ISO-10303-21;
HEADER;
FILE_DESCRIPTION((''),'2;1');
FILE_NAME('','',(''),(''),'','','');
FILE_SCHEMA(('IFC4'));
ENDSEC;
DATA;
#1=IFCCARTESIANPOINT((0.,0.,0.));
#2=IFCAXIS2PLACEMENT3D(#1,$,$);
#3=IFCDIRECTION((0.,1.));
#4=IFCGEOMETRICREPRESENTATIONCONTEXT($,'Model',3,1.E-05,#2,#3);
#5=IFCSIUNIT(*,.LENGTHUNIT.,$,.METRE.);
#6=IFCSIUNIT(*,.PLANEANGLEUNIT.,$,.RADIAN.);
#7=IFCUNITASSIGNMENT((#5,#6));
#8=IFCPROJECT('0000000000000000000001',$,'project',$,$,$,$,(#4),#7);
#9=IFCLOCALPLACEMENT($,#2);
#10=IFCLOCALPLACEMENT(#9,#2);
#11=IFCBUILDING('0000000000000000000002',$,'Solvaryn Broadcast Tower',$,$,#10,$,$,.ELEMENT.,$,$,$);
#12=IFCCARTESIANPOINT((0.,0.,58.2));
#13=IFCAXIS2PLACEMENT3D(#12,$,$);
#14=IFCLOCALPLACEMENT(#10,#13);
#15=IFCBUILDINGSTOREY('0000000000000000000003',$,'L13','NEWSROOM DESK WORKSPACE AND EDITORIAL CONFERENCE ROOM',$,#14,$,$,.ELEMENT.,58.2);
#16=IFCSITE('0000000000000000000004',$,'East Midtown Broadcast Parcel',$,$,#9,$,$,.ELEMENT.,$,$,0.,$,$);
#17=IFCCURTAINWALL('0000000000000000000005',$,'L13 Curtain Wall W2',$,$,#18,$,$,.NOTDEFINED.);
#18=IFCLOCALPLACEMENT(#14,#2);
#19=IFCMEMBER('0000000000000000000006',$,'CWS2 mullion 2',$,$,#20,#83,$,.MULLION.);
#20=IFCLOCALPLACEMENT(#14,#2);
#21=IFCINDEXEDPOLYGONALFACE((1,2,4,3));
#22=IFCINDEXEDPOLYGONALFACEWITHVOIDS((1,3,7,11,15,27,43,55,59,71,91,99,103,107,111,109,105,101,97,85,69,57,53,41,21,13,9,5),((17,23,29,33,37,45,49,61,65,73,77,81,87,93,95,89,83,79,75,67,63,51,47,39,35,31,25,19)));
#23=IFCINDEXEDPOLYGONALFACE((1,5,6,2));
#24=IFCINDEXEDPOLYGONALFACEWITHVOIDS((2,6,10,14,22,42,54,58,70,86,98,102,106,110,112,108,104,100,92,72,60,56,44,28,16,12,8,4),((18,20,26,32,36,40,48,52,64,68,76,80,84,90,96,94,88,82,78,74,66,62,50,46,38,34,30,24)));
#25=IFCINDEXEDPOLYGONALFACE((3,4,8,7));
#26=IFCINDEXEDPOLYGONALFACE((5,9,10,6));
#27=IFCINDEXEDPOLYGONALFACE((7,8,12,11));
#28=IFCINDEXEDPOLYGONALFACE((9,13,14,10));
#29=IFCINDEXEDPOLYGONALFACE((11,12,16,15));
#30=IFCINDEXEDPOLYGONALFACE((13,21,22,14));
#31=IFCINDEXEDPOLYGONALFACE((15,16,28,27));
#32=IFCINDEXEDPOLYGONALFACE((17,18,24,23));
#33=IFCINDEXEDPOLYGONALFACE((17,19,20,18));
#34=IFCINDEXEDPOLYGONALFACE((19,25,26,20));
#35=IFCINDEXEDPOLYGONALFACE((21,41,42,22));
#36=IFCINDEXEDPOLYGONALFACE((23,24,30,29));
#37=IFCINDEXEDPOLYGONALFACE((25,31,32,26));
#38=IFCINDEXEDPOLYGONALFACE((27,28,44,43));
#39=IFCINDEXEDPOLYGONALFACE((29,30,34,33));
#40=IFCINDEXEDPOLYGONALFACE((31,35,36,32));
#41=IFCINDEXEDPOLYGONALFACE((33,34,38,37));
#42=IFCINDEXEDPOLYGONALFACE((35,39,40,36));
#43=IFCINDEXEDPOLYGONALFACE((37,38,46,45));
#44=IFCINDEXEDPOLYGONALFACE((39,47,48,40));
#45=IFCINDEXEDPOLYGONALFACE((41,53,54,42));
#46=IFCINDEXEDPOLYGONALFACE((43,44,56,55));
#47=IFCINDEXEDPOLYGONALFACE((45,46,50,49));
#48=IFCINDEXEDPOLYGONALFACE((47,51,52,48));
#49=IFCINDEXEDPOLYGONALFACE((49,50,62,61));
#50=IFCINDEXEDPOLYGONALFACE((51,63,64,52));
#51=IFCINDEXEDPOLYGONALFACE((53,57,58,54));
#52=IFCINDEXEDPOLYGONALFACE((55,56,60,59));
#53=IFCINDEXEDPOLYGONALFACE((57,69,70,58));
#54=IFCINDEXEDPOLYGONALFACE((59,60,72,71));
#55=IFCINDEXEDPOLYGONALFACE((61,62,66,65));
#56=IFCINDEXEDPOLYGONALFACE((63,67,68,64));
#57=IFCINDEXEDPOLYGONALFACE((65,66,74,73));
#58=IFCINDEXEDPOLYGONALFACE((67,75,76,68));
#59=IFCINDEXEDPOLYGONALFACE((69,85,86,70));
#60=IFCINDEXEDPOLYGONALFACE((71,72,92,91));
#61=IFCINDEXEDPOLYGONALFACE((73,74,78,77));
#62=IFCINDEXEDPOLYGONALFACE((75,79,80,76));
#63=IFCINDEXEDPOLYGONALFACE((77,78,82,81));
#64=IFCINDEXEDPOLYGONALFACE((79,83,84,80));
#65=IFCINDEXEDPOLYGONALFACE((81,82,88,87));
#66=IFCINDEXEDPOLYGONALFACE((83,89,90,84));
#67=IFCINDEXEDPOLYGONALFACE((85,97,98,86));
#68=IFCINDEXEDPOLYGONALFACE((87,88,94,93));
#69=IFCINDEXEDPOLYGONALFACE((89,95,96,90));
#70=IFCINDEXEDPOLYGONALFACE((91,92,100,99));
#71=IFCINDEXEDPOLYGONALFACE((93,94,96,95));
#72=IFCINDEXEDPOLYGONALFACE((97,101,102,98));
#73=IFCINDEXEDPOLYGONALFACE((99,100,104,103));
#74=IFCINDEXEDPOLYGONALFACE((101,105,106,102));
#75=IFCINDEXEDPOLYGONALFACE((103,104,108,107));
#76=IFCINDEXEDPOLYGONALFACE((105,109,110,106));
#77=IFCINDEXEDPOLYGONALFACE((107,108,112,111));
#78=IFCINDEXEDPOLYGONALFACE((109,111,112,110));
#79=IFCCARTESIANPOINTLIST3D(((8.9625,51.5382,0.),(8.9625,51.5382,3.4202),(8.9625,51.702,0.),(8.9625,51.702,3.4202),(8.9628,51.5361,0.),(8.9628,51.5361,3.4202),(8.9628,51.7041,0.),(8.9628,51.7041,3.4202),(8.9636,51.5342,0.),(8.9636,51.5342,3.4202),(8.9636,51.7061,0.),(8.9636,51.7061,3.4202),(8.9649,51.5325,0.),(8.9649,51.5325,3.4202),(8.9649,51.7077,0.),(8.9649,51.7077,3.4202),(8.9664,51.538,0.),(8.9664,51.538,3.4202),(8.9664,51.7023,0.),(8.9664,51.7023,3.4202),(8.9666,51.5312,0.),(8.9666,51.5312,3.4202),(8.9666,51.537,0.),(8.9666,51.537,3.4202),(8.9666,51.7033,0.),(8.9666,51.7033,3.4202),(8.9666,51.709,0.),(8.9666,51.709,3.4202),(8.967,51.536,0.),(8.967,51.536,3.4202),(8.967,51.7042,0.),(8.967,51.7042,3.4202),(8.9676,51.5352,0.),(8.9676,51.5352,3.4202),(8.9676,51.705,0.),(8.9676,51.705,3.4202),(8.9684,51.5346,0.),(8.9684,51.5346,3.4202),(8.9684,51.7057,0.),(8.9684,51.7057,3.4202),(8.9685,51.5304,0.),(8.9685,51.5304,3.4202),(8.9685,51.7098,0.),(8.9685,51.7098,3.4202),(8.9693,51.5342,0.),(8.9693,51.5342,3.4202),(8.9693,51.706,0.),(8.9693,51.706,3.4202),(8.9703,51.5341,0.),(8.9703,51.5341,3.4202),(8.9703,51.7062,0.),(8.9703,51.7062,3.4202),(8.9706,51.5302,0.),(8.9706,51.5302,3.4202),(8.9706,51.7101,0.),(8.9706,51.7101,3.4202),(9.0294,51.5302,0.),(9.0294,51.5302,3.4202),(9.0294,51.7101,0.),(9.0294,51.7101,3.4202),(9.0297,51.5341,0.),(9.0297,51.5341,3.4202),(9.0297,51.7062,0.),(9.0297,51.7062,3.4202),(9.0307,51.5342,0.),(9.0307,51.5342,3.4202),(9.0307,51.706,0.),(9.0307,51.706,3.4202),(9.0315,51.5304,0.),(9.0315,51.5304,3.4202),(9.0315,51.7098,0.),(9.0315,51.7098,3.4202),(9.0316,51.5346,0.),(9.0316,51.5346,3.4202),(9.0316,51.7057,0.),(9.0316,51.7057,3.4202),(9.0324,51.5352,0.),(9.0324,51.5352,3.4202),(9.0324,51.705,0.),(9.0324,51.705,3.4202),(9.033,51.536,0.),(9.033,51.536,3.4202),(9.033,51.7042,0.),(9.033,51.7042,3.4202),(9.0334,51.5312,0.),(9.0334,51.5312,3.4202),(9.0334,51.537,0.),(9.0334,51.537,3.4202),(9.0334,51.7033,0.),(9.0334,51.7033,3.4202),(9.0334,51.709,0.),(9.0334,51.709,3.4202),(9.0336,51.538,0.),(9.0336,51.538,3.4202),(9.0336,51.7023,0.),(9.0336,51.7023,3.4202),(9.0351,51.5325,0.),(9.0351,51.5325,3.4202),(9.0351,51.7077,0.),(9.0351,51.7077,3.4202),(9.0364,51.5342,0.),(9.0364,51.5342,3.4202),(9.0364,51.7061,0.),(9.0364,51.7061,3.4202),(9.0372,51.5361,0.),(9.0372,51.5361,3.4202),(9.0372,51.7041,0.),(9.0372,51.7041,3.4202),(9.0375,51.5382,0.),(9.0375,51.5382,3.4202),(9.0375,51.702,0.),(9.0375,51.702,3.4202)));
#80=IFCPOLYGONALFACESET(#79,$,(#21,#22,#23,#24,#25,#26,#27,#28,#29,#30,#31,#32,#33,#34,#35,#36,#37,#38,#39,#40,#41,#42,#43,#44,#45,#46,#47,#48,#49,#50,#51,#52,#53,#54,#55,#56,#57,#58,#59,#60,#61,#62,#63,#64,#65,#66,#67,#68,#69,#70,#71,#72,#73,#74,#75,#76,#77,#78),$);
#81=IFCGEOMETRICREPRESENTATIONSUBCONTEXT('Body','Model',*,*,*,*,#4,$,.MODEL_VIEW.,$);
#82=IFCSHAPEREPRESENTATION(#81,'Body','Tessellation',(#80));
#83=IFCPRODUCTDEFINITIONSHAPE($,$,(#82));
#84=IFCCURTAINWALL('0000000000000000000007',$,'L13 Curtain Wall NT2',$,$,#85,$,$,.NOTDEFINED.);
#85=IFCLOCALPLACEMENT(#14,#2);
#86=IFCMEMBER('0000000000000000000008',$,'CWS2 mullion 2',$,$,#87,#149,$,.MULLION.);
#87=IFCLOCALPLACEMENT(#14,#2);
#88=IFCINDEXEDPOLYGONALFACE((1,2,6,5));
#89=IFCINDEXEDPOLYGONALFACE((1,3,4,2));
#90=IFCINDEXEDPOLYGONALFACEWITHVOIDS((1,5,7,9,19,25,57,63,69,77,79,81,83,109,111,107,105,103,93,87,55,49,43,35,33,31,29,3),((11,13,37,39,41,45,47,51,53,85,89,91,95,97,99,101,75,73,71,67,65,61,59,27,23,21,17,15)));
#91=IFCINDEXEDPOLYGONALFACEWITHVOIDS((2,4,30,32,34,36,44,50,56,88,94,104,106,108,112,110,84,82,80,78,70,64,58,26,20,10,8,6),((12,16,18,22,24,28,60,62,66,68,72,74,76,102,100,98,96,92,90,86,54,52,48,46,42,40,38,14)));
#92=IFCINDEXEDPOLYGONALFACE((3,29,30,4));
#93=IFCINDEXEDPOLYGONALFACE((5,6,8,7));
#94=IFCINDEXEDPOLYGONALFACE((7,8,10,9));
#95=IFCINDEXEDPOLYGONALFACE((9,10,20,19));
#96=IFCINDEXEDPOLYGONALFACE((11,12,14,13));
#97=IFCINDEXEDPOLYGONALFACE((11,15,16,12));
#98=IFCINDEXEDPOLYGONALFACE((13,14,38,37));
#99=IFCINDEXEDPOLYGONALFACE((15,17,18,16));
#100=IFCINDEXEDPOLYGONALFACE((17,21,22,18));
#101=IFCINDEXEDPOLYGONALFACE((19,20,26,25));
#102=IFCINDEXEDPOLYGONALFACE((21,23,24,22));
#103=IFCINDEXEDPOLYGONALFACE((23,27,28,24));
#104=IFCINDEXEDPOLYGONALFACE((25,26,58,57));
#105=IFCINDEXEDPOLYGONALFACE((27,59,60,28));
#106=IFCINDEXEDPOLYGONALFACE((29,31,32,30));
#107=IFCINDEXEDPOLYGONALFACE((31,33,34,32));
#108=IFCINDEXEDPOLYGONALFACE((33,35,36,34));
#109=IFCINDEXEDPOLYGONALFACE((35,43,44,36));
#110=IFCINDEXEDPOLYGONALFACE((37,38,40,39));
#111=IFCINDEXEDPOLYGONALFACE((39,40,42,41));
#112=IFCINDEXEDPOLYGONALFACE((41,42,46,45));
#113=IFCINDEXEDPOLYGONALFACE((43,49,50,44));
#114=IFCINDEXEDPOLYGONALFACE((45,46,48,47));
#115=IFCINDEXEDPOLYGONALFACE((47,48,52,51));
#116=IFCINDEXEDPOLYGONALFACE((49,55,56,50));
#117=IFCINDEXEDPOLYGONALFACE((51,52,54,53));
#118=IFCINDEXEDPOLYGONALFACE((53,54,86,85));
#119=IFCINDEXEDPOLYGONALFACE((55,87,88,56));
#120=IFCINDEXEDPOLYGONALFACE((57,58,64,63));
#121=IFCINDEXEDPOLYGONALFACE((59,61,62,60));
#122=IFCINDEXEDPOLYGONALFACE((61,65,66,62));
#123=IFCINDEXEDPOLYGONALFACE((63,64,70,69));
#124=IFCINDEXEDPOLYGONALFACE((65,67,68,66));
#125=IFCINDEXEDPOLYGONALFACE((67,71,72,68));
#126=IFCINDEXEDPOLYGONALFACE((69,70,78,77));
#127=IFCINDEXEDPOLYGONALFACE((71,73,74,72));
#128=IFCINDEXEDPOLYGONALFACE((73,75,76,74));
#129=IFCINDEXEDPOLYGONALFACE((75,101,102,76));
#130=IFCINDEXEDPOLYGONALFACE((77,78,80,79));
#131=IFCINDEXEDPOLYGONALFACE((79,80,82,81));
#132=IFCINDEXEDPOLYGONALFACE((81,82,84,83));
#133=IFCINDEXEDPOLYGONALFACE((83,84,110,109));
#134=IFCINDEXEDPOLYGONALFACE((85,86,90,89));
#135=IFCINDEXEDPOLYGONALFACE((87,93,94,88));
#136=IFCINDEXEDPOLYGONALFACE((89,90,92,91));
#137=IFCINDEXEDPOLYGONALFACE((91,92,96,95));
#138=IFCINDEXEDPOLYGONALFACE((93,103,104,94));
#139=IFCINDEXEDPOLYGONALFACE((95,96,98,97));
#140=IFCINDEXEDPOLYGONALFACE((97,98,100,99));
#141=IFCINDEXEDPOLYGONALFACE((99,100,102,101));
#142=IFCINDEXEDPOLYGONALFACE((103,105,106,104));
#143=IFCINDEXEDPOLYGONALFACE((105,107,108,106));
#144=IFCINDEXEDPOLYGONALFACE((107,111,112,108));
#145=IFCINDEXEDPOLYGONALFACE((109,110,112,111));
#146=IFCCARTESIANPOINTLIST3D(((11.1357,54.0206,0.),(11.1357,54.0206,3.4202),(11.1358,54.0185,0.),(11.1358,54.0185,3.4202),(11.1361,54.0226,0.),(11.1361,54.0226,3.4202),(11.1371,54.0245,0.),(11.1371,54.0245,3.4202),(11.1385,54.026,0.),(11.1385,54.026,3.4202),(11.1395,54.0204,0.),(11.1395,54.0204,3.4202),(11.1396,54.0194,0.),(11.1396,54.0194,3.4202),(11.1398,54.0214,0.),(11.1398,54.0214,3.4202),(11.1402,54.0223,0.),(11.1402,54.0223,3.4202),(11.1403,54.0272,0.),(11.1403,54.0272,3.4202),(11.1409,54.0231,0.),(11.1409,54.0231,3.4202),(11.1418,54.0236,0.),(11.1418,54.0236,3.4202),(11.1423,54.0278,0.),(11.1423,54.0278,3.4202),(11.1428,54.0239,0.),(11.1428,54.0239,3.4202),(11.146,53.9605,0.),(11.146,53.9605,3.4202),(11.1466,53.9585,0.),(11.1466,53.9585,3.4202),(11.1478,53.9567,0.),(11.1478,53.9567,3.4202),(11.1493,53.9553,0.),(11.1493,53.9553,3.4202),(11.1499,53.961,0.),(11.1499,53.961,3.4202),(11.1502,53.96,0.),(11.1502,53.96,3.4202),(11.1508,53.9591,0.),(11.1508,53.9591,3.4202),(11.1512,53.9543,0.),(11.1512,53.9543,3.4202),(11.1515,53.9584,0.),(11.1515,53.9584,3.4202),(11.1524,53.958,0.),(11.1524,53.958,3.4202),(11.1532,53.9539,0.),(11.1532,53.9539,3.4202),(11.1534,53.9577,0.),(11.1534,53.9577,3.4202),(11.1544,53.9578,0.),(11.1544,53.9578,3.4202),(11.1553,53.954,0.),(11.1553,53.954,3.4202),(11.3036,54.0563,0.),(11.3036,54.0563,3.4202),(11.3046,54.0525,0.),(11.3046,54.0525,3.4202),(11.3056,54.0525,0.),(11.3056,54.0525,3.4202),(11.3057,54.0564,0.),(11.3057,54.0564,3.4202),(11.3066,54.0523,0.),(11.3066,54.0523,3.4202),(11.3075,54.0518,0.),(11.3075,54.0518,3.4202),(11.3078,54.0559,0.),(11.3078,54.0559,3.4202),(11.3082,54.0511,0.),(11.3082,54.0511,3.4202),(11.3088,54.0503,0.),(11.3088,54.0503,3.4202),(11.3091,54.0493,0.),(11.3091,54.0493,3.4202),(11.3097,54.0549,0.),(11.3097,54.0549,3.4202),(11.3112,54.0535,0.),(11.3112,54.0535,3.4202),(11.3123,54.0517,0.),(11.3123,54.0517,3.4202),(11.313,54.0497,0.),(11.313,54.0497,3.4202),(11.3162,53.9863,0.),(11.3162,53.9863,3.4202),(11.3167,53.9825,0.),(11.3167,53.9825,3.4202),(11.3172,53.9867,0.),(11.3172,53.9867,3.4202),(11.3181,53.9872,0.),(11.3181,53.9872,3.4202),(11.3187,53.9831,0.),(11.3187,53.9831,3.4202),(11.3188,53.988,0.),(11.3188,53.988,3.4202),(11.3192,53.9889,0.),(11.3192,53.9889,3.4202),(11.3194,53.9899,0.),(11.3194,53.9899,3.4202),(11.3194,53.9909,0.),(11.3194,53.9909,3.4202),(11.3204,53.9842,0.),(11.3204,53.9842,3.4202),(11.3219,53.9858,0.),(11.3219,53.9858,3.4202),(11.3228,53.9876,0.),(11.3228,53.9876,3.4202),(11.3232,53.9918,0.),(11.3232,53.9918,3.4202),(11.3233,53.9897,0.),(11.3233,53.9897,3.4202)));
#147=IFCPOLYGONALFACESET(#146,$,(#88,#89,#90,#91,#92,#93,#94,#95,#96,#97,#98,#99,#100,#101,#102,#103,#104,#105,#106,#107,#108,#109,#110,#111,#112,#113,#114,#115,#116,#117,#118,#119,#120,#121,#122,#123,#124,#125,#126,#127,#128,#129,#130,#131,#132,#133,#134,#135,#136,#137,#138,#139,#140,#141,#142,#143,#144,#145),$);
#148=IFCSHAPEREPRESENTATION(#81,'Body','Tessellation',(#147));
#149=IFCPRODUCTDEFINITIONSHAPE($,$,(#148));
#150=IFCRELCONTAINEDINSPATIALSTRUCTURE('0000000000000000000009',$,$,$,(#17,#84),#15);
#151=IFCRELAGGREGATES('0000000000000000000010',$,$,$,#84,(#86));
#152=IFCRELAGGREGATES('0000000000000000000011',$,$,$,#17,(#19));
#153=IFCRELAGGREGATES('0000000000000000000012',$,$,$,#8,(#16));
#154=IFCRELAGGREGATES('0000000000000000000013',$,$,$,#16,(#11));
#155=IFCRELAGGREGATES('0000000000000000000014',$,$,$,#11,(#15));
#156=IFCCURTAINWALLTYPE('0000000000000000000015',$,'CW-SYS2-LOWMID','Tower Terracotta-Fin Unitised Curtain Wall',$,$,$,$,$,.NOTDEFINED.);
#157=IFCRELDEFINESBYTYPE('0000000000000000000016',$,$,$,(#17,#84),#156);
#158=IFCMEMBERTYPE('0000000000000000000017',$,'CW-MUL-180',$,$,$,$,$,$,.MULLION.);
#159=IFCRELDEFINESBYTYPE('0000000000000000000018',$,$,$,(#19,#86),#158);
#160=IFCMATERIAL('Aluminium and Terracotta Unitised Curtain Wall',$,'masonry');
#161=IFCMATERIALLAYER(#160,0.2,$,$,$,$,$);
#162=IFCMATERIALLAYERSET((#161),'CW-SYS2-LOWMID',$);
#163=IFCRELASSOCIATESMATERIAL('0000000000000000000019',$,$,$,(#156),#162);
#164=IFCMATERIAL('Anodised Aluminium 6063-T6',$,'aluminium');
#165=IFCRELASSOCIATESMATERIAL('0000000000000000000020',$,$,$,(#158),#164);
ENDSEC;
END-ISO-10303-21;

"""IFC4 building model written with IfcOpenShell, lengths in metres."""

from ifc_helpers import new_model, si_unit, direction, frame, origin, origin_2d, place, context, subcontext, project, spatial, hollow_rectangle, extrude, material, layer, layer_set, material_profile, profile_set, type_object, element, aggregate, save


model = new_model("IFC4")

# Units and contexts
model_context = context("Model", 3, precision=1e-05, world=origin(), true_north=direction((0.0, 1.0)))
body_context = subcontext(model_context, "Body", "Model", "MODEL_VIEW")
ifc_project = project(units=[si_unit("LENGTHUNIT", "METRE"), si_unit("PLANEANGLEUNIT", "RADIAN")], contexts=[model_context])

# Site, building, storey
site_placement = place(None, origin())
site = spatial("IfcSite", under=ifc_project, at=site_placement, Name="East Midtown Broadcast Parcel", CompositionType="ELEMENT", RefElevation=0.0)
building_placement = place(site_placement, origin())
building = spatial("IfcBuilding", under=site, at=building_placement, Name="Solvaryn Broadcast Tower", CompositionType="ELEMENT")
storey_placement = place(building_placement, frame((0.0, 0.0, 58.2)))
storey = spatial("IfcBuildingStorey", under=building, at=storey_placement, Name="L13", Description="NEWSROOM DESK WORKSPACE AND EDITORIAL CONFERENCE ROOM", CompositionType="ELEMENT", Elevation=58.2)

# Shared definitions
ifc_material_1 = material(Name="Aluminium and Terracotta Unitised Curtain Wall", Category="masonry")
ifc_layer_1 = layer(ifc_material_1, 0.2)
ifc_layer_set_1 = layer_set([ifc_layer_1], Name="CW-SYS2-LOWMID")
curtain_wall_type = type_object("IfcCurtainWallType", Name="CW-SYS2-LOWMID", Description="Tower Terracotta-Fin Unitised Curtain Wall", PredefinedType="NOTDEFINED", material=ifc_layer_set_1)
ifc_material_2 = material(Name="Anodised Aluminium 6063-T6", Category="aluminium")
ifc_material_profile_1 = material_profile(ifc_material_2, hollow_rectangle(XDim=0.075, YDim=0.1799, WallThickness=0.0039, InnerFilletRadius=0.0039, OuterFilletRadius=0.0081, at=origin_2d()))
ifc_profile_set_1 = profile_set([ifc_material_profile_1], Name="Anodised Aluminium 6063-T6")
member_type_1 = type_object("IfcMemberType", Name="CW-MUL-180", PredefinedType="MULLION", material=ifc_profile_set_1)

# Curtain wall, member
curtain_wall_1_placement = place(storey_placement, origin())
curtain_wall_1 = element("IfcCurtainWall", 1, at=curtain_wall_1_placement, inside=storey, type_object=curtain_wall_type, Name="L13 Curtain Wall W2", PredefinedType="NOTDEFINED")
member_1_placement = place(storey_placement, frame((9.0, 51.6201, 0.0), z_axis=(0.0, 0.0, 1.0), x_axis=(-1.0, 0.0, 0.0)))
member_1 = element("IfcMember", 2, at=member_1_placement, type_object=member_type_1, Name="CWS2 mullion 2", PredefinedType="MULLION", context=body_context, shape_type="SweptSolid", body=[
    extrude(hollow_rectangle(XDim=0.075, YDim=0.1799, WallThickness=0.0039, InnerFilletRadius=0.0039, OuterFilletRadius=0.0081, at=origin_2d()), origin(), (0.0, 0.0, 1.0), 3.4202),
])

# Curtain wall, member
curtain_wall_2_placement = place(storey_placement, origin())
curtain_wall_2 = element("IfcCurtainWall", 3, at=curtain_wall_2_placement, inside=storey, type_object=curtain_wall_type, Name="L13 Curtain Wall NT2", PredefinedType="NOTDEFINED")
member_2_placement = place(storey_placement, frame((11.2295, 54.0051, 0.0), z_axis=(0.0, 0.0, 1.0), x_axis=(0.173785, -0.984784, 0.0)))
member_2 = element("IfcMember", 4, at=member_2_placement, type_object=member_type_1, Name="CWS2 mullion 2", PredefinedType="MULLION", context=body_context, shape_type="SweptSolid", body=[
    extrude(hollow_rectangle(XDim=0.075, YDim=0.1799, WallThickness=0.0039, InnerFilletRadius=0.0039, OuterFilletRadius=0.0081, at=origin_2d()), origin(), (0.0, 0.0, 1.0), 3.4202),
])
aggregate(curtain_wall_2, [member_2])

aggregate(curtain_wall_1, [member_1])

save(model, "model.ifc")
